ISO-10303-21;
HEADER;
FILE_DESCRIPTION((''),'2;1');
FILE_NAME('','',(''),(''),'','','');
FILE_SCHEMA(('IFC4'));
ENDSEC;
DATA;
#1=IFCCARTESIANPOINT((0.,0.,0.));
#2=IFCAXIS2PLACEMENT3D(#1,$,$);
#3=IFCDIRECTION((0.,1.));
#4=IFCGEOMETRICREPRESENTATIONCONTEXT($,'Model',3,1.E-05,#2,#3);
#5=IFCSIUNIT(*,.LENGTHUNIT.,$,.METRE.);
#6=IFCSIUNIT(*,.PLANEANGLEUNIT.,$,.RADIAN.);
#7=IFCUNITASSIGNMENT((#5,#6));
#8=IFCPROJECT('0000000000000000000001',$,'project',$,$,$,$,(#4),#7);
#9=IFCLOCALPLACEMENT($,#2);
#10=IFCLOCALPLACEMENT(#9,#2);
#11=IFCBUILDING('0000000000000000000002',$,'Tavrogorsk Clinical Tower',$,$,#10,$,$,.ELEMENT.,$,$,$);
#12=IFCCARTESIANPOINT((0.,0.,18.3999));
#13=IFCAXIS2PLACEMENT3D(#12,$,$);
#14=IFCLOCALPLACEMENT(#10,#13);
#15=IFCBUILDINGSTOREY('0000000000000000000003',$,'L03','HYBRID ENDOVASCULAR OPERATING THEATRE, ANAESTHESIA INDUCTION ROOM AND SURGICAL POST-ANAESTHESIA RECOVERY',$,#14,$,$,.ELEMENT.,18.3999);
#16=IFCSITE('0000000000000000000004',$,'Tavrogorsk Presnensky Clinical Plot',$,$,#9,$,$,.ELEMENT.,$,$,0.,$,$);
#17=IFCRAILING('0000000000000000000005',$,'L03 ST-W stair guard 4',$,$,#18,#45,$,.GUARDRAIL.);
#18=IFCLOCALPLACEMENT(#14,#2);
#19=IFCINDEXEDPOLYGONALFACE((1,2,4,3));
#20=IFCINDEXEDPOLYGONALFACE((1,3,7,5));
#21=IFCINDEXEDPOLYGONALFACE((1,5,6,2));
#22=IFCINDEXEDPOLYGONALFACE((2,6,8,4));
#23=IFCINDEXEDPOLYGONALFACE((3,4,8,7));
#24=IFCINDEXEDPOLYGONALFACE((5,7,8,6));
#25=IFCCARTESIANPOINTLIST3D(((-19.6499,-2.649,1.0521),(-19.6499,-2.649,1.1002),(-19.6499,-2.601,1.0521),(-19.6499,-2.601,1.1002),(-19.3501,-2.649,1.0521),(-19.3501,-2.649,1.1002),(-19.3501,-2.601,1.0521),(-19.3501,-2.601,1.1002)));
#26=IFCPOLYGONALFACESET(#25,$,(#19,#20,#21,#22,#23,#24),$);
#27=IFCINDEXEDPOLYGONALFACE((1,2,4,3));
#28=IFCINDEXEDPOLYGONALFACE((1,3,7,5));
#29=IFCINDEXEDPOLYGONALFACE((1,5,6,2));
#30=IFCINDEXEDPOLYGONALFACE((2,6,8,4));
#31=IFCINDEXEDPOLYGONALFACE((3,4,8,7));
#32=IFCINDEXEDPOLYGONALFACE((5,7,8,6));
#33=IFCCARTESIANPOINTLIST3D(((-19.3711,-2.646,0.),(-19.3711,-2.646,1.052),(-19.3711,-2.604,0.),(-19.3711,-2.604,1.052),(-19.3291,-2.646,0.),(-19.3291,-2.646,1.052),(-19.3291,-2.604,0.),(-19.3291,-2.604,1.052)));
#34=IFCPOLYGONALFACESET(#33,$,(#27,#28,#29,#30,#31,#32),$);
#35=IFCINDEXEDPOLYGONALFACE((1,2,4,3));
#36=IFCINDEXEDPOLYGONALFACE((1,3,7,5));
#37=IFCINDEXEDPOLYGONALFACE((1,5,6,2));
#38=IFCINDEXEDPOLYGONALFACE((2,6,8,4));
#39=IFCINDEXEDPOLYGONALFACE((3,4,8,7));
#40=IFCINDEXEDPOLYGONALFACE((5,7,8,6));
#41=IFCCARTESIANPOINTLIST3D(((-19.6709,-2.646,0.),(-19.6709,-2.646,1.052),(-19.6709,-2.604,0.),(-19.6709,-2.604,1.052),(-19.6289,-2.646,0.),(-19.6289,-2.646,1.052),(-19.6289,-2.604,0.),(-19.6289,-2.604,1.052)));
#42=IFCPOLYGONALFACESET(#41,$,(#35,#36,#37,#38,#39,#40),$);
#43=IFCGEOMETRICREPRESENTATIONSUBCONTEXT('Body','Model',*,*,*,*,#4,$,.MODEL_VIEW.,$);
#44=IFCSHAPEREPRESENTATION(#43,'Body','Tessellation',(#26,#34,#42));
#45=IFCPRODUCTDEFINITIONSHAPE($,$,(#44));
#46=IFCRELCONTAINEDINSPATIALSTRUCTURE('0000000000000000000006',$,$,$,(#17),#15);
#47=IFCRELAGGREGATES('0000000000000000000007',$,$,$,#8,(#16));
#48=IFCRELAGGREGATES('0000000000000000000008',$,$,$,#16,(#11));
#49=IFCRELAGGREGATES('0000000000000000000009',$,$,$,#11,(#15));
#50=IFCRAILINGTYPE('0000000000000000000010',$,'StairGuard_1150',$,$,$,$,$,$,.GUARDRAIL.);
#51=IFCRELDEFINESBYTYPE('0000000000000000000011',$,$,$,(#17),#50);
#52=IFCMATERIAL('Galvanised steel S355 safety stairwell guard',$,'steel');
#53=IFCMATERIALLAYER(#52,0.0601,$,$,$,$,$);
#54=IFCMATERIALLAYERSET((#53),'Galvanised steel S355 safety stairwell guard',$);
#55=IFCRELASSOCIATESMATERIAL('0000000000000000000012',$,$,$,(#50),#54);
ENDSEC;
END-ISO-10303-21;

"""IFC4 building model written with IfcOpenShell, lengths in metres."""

from ifc_helpers import new_model, si_unit, direction, frame, origin, origin_2d, place, context, subcontext, project, spatial, rectangle, extrude, material, layer, layer_set, type_object, element, save


model = new_model("IFC4")

# Units and contexts
model_context = context("Model", 3, precision=1e-05, world=origin(), true_north=direction((0.0, 1.0)))
body_context = subcontext(model_context, "Body", "Model", "MODEL_VIEW")
ifc_project = project(units=[si_unit("LENGTHUNIT", "METRE"), si_unit("PLANEANGLEUNIT", "RADIAN")], contexts=[model_context])

# Site, building, storey
site_placement = place(None, origin())
site = spatial("IfcSite", under=ifc_project, at=site_placement, Name="Tavrogorsk Presnensky Clinical Plot", CompositionType="ELEMENT", RefElevation=0.0)
building_placement = place(site_placement, origin())
building = spatial("IfcBuilding", under=site, at=building_placement, Name="Tavrogorsk Clinical Tower", CompositionType="ELEMENT")
storey_placement = place(building_placement, frame((0.0, 0.0, 18.3999)))
storey = spatial("IfcBuildingStorey", under=building, at=storey_placement, Name="L03", Description="HYBRID ENDOVASCULAR OPERATING THEATRE, ANAESTHESIA INDUCTION ROOM AND SURGICAL POST-ANAESTHESIA RECOVERY", CompositionType="ELEMENT", Elevation=18.3999)

# Railing
ifc_material_1 = material(Name="Galvanised steel S355 safety stairwell guard", Category="steel")
ifc_layer_1 = layer(ifc_material_1, 0.0601)
ifc_layer_set_1 = layer_set([ifc_layer_1], Name="Galvanised steel S355 safety stairwell guard")
railing_type = type_object("IfcRailingType", Name="StairGuard_1150", PredefinedType="GUARDRAIL", material=ifc_layer_set_1)
railing_placement = place(storey_placement, frame((-19.3501, -2.625, 0.0)))
element("IfcRailing", 1, at=railing_placement, inside=storey, type_object=railing_type, Name="L03 ST-W stair guard 4", PredefinedType="GUARDRAIL", context=body_context, shape_type="SweptSolid", body=[
    extrude(rectangle(XDim=0.0481, YDim=0.0481, at=origin_2d()), frame((0.0, 0.0, 1.0762), z_axis=(-1.0, 0.0, 0.0), x_axis=(0.0, -1.0, 0.0)), (0.0, 0.0, 1.0), 0.2998),
    extrude(rectangle(XDim=0.042, YDim=0.042, at=origin_2d()), origin(), (0.0, 0.0, 1.0), 1.052),
    extrude(rectangle(XDim=0.042, YDim=0.042, at=origin_2d()), frame((-0.2998, 0.0, 0.0)), (0.0, 0.0, 1.0), 1.052),
])

save(model, "model.ifc")
